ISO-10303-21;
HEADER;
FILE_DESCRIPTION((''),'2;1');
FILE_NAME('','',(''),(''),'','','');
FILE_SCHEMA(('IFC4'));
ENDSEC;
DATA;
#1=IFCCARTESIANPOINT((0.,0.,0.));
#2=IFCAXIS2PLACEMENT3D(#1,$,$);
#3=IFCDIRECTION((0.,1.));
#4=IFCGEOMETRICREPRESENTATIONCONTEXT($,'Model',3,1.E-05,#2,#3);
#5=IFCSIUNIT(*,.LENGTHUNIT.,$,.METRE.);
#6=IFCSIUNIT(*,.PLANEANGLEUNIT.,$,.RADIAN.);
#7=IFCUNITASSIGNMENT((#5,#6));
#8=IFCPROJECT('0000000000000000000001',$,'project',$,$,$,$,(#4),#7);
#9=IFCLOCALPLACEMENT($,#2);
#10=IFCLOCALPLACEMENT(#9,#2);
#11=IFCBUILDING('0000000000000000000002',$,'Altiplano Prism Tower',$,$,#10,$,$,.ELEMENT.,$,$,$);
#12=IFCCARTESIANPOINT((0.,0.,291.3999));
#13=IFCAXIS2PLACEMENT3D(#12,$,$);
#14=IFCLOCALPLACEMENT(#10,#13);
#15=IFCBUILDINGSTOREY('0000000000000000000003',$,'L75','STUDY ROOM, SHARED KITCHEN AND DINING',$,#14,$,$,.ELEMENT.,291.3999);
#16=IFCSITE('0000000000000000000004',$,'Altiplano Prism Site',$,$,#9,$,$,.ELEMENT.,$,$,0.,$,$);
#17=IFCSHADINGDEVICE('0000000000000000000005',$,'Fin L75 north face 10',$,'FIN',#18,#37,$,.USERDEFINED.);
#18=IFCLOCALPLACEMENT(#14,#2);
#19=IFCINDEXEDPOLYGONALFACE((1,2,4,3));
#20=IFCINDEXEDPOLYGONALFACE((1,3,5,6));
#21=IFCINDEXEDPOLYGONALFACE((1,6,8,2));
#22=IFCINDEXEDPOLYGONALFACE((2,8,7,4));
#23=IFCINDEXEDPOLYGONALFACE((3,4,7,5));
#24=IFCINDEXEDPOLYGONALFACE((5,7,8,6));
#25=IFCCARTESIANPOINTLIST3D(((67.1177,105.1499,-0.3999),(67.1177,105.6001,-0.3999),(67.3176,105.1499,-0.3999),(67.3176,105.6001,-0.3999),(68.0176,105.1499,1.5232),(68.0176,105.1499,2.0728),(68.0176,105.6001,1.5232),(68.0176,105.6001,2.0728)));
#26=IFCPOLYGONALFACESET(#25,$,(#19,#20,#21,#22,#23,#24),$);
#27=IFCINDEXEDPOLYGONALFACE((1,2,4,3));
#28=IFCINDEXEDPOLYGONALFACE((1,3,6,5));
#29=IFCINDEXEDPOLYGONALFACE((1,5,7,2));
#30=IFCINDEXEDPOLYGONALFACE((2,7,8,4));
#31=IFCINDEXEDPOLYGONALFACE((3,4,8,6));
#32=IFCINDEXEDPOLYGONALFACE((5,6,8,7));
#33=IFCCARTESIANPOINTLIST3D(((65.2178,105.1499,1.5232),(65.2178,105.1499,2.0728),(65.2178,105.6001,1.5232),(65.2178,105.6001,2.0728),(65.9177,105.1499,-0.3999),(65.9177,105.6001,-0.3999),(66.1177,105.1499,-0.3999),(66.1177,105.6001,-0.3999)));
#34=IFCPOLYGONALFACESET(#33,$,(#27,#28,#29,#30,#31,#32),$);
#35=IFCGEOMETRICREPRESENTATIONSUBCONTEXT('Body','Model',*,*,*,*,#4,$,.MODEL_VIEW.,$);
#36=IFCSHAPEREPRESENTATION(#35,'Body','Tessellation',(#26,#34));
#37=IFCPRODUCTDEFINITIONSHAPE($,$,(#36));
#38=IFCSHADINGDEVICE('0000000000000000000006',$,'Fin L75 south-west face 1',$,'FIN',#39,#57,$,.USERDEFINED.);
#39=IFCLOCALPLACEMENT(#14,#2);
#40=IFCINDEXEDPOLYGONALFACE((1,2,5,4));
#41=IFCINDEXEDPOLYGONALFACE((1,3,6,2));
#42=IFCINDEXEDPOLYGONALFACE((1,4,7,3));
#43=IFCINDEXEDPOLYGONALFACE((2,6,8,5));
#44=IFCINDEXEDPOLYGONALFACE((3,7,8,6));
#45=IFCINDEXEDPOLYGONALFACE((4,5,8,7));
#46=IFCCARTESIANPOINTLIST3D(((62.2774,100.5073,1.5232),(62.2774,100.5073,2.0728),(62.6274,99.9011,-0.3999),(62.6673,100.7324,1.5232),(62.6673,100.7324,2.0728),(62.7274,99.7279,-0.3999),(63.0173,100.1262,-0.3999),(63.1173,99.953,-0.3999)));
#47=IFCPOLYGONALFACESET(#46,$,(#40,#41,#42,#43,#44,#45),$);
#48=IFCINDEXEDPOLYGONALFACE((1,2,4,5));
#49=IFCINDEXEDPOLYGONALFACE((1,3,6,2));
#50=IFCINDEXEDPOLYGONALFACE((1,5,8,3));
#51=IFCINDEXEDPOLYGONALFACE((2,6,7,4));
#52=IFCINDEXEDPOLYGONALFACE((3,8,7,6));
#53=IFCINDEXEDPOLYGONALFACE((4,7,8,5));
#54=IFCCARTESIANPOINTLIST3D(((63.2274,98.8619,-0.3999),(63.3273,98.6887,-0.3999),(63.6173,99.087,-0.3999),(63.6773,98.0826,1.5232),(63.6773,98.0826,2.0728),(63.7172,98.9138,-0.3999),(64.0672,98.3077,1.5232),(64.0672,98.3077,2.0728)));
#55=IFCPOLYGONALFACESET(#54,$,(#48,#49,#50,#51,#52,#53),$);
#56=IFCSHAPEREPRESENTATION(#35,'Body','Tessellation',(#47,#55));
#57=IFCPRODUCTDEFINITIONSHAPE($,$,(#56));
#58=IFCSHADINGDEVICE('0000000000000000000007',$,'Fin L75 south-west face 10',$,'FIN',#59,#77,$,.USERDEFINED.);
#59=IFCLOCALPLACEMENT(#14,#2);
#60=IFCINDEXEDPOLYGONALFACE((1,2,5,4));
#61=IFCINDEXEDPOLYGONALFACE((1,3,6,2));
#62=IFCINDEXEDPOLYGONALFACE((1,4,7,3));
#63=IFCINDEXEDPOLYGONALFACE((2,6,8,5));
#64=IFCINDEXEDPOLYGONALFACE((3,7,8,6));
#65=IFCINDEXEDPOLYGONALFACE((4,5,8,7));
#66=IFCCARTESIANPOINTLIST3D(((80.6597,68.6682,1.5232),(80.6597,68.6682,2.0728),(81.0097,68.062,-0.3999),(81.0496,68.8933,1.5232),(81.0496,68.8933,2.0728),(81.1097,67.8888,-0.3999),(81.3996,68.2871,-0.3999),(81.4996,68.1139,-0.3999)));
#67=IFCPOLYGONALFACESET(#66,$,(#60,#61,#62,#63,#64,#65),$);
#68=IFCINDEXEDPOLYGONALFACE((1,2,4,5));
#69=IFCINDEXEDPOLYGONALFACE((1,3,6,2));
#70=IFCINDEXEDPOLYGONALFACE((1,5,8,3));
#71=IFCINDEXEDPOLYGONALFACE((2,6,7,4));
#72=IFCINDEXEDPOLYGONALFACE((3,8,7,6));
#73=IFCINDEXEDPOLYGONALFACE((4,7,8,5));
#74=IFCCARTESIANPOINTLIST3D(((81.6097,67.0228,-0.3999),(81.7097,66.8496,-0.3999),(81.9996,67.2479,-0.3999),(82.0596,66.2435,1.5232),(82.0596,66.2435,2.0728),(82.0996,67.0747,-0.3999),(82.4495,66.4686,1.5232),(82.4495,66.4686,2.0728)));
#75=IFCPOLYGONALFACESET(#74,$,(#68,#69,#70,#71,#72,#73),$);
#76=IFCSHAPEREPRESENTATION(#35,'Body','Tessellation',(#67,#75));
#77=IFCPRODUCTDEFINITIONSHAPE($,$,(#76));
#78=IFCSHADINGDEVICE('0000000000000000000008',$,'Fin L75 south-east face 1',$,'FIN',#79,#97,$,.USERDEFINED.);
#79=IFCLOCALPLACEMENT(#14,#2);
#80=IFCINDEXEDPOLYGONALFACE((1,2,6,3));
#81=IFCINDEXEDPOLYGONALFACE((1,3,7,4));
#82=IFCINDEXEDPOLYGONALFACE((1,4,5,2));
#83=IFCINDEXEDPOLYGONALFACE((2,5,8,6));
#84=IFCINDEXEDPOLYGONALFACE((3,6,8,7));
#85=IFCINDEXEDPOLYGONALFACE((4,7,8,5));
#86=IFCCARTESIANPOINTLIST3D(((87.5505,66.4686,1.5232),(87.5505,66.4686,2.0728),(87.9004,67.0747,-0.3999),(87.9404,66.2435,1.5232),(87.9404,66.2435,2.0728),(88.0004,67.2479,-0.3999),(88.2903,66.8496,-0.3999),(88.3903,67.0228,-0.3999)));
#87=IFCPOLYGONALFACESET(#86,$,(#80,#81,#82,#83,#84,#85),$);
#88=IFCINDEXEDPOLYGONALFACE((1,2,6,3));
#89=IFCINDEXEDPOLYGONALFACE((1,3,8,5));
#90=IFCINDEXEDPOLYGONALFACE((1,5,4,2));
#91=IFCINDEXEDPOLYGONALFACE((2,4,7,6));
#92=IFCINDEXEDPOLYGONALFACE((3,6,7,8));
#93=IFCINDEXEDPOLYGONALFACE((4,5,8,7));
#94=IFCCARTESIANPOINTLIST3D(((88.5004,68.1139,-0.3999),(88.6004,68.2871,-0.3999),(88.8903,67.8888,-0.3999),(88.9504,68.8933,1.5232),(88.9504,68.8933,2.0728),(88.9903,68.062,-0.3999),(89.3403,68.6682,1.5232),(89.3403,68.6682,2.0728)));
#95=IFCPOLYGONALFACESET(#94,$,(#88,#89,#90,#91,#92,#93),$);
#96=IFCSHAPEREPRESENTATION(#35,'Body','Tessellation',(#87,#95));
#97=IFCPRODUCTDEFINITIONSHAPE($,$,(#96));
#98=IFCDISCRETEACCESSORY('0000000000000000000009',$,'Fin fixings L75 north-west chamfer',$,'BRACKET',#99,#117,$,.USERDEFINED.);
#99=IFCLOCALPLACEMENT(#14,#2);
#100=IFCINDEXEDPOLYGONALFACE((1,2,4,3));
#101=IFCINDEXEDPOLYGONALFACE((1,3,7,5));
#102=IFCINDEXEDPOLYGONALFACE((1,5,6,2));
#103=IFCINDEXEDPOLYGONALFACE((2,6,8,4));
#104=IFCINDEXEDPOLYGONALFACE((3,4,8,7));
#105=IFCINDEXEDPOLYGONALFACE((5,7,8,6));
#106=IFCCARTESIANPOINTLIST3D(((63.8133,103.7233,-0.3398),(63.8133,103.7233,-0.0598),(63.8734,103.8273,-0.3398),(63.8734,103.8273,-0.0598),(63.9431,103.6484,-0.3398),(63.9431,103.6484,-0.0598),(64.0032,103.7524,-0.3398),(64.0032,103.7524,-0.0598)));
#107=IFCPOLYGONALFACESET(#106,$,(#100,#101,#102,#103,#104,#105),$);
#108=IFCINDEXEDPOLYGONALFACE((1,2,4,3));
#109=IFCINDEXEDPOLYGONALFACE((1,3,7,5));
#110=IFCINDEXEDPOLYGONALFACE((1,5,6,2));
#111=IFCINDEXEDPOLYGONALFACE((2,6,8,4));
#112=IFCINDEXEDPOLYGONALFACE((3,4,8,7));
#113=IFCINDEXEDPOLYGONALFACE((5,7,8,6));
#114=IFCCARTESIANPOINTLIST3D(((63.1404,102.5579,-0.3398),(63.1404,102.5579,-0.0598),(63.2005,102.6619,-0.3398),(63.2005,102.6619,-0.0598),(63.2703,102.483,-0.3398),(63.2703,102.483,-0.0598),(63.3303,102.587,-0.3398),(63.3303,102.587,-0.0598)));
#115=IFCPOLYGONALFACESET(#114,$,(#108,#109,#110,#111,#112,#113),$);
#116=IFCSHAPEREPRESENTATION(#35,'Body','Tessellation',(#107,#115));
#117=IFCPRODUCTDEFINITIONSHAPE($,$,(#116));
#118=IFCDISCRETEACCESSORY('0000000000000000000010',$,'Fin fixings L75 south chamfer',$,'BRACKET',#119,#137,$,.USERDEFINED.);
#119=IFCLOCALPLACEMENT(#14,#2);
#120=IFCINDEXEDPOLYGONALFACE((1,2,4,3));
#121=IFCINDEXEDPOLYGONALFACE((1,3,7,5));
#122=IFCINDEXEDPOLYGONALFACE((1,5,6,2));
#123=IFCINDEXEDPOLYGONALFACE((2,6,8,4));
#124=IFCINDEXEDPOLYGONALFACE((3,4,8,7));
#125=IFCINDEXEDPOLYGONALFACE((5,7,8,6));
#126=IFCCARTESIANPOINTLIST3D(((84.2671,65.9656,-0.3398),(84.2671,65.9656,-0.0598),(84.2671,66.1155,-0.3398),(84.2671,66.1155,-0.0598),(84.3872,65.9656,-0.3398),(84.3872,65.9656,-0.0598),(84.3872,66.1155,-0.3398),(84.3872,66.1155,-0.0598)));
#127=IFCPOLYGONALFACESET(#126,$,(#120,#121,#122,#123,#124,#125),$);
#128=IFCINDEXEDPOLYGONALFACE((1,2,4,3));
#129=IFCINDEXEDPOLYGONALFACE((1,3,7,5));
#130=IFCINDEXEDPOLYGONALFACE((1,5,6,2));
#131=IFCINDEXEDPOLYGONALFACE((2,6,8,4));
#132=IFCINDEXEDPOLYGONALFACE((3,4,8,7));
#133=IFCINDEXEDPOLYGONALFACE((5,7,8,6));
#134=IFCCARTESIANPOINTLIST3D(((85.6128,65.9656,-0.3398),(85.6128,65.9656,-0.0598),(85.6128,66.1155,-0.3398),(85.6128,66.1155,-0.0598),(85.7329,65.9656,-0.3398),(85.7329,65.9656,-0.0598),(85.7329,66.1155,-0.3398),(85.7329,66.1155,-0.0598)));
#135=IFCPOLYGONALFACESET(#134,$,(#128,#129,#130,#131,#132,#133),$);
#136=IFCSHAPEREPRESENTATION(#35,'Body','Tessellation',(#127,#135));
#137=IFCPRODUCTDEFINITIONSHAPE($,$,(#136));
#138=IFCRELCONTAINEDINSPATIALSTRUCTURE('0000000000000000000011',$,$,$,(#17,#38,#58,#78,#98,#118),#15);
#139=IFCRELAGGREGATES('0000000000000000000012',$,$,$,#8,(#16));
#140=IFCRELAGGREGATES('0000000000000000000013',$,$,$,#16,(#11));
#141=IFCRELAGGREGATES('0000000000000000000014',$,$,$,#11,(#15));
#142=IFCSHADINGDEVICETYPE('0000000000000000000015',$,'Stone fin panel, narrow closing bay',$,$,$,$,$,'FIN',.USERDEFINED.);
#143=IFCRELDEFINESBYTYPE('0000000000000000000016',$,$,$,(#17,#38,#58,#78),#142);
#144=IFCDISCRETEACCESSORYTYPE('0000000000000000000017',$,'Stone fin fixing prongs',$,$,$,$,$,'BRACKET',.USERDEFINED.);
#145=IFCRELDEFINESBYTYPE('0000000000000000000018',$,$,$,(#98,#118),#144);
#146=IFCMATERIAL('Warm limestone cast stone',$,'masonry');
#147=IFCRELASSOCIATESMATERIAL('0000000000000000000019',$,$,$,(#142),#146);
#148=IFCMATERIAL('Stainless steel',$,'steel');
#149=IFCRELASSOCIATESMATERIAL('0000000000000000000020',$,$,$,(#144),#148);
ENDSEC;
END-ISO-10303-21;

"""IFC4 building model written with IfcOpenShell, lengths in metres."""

from ifc_helpers import new_model, si_unit, direction, frame, origin, place, context, subcontext, project, spatial, polyline, outline, extrude, source, transform, mapped, material, type_object, element, save


model = new_model("IFC4")

# Units and contexts
model_context = context("Model", 3, precision=1e-05, world=origin(), true_north=direction((0.0, 1.0)))
body_context = subcontext(model_context, "Body", "Model", "MODEL_VIEW")
ifc_project = project(units=[si_unit("LENGTHUNIT", "METRE"), si_unit("PLANEANGLEUNIT", "RADIAN")], contexts=[model_context])

# Site, building, storey
site_placement = place(None, origin())
site = spatial("IfcSite", under=ifc_project, at=site_placement, Name="Altiplano Prism Site", CompositionType="ELEMENT", RefElevation=0.0)
building_placement = place(site_placement, origin())
building = spatial("IfcBuilding", under=site, at=building_placement, Name="Altiplano Prism Tower", CompositionType="ELEMENT")
storey_placement = place(building_placement, frame((0.0, 0.0, 291.3999)))
storey = spatial("IfcBuildingStorey", under=building, at=storey_placement, Name="L75", Description="STUDY ROOM, SHARED KITCHEN AND DINING", CompositionType="ELEMENT", Elevation=291.3999)

# Shading devices
ifc_material_1 = material(Name="Warm limestone cast stone", Category="masonry")
shading_device_type_1 = type_object("IfcShadingDeviceType", Name="Stone fin panel, narrow closing bay", ElementType="FIN", PredefinedType="USERDEFINED", material=ifc_material_1)
shared_shape_1 = source(origin(), body_context, "Body", "SweptSolid", [
    extrude(outline(polyline([(-1.3999, 2.4727), (-1.3999, 1.9231), (-0.7, 0.0), (-0.5, 0.0), (-1.3999, 2.4727)])), frame((0.0, -0.1499, 0.0), z_axis=(0.0, -1.0, 0.0), x_axis=(1.0, 0.0, 0.0)), (0.0, 0.0, 1.0), 0.4502),
    extrude(outline(polyline([(1.3999, 1.9231), (1.3999, 2.4727), (0.5, 0.0), (0.7, 0.0), (1.3999, 1.9231)])), frame((0.0, -0.1499, 0.0), z_axis=(0.0, -1.0, 0.0), x_axis=(1.0, 0.0, 0.0)), (0.0, 0.0, 1.0), 0.4502),
])
shading_device_1_placement = place(storey_placement, origin())
element("IfcShadingDevice", 1, at=shading_device_1_placement, inside=storey, type_object=shading_device_type_1, Name="Fin L75 north face 10", ObjectType="FIN", PredefinedType="USERDEFINED", context=body_context, shape_type="MappedRepresentation", body=[
    mapped(shared_shape_1, transform((66.6177, 105.0, -0.3999), x_axis=(-1.0, 0.0, 0.0), y_axis=(0.0, -1.0, 0.0), z_axis=(0.0, 0.0, 1.0))),
])
shading_device_2_placement = place(storey_placement, origin())
element("IfcShadingDevice", 2, at=shading_device_2_placement, inside=storey, type_object=shading_device_type_1, Name="Fin L75 south-west face 1", ObjectType="FIN", PredefinedType="USERDEFINED", context=body_context, shape_type="MappedRepresentation", body=[
    mapped(shared_shape_1, transform((63.4971, 99.595, -0.3999), x_axis=(0.5, -0.866025, 0.0), y_axis=(0.866025, 0.5, 0.0), z_axis=(0.0, 0.0, 1.0))),
])
shading_device_3_placement = place(storey_placement, origin())
element("IfcShadingDevice", 3, at=shading_device_3_placement, inside=storey, type_object=shading_device_type_1, Name="Fin L75 south-west face 10", ObjectType="FIN", PredefinedType="USERDEFINED", context=body_context, shape_type="MappedRepresentation", body=[
    mapped(shared_shape_1, transform((81.8794, 67.7559, -0.3999), x_axis=(0.5, -0.866025, 0.0), y_axis=(0.866025, 0.5, 0.0), z_axis=(0.0, 0.0, 1.0))),
])
shading_device_4_placement = place(storey_placement, origin())
element("IfcShadingDevice", 4, at=shading_device_4_placement, inside=storey, type_object=shading_device_type_1, Name="Fin L75 south-east face 1", ObjectType="FIN", PredefinedType="USERDEFINED", context=body_context, shape_type="MappedRepresentation", body=[
    mapped(shared_shape_1, transform((88.1206, 67.7559, -0.3999), x_axis=(0.5, 0.866025, 0.0), y_axis=(-0.866025, 0.5, 0.0), z_axis=(0.0, 0.0, 1.0))),
])

# Discrete accessories
ifc_material_2 = material(Name="Stainless steel", Category="steel")
discrete_accessory_type = type_object("IfcDiscreteAccessoryType", Name="Stone fin fixing prongs", ElementType="BRACKET", PredefinedType="USERDEFINED", material=ifc_material_2)
shared_shape_2 = source(origin(), body_context, "Body", "SweptSolid", [
    extrude(outline(polyline([(-0.7329, 0.0601), (-0.6128, 0.0601), (-0.6128, 0.3401), (-0.7329, 0.3401), (-0.7329, 0.0601)])), frame((0.0, 0.0, 0.0), z_axis=(0.0, -1.0, 0.0), x_axis=(1.0, 0.0, 0.0)), (0.0, 0.0, 1.0), 0.1499),
    extrude(outline(polyline([(0.6128, 0.0601), (0.7329, 0.0601), (0.7329, 0.3401), (0.6128, 0.3401), (0.6128, 0.0601)])), frame((0.0, 0.0, 0.0), z_axis=(0.0, -1.0, 0.0), x_axis=(1.0, 0.0, 0.0)), (0.0, 0.0, 1.0), 0.1499),
])
discrete_accessory_1_placement = place(storey_placement, origin())
element("IfcDiscreteAccessory", 5, at=discrete_accessory_1_placement, inside=storey, type_object=discrete_accessory_type, Name="Fin fixings L75 north-west chamfer", ObjectType="BRACKET", PredefinedType="USERDEFINED", context=body_context, shape_type="MappedRepresentation", body=[
    mapped(shared_shape_2, transform((63.6367, 103.1177, -0.3999), x_axis=(-0.5, -0.866025, 0.0), y_axis=(0.866025, -0.5, 0.0), z_axis=(0.0, 0.0, 1.0))),
])
discrete_accessory_2_placement = place(storey_placement, origin())
element("IfcDiscreteAccessory", 6, at=discrete_accessory_2_placement, inside=storey, type_object=discrete_accessory_type, Name="Fin fixings L75 south chamfer", ObjectType="BRACKET", PredefinedType="USERDEFINED", context=body_context, shape_type="MappedRepresentation", body=[
    mapped(shared_shape_2, transform((85.0, 66.1155, -0.3999), x_axis=(1.0, 0.0, 0.0), y_axis=(0.0, 1.0, 0.0), z_axis=(0.0, 0.0, 1.0))),
])

save(model, "model.ifc")
